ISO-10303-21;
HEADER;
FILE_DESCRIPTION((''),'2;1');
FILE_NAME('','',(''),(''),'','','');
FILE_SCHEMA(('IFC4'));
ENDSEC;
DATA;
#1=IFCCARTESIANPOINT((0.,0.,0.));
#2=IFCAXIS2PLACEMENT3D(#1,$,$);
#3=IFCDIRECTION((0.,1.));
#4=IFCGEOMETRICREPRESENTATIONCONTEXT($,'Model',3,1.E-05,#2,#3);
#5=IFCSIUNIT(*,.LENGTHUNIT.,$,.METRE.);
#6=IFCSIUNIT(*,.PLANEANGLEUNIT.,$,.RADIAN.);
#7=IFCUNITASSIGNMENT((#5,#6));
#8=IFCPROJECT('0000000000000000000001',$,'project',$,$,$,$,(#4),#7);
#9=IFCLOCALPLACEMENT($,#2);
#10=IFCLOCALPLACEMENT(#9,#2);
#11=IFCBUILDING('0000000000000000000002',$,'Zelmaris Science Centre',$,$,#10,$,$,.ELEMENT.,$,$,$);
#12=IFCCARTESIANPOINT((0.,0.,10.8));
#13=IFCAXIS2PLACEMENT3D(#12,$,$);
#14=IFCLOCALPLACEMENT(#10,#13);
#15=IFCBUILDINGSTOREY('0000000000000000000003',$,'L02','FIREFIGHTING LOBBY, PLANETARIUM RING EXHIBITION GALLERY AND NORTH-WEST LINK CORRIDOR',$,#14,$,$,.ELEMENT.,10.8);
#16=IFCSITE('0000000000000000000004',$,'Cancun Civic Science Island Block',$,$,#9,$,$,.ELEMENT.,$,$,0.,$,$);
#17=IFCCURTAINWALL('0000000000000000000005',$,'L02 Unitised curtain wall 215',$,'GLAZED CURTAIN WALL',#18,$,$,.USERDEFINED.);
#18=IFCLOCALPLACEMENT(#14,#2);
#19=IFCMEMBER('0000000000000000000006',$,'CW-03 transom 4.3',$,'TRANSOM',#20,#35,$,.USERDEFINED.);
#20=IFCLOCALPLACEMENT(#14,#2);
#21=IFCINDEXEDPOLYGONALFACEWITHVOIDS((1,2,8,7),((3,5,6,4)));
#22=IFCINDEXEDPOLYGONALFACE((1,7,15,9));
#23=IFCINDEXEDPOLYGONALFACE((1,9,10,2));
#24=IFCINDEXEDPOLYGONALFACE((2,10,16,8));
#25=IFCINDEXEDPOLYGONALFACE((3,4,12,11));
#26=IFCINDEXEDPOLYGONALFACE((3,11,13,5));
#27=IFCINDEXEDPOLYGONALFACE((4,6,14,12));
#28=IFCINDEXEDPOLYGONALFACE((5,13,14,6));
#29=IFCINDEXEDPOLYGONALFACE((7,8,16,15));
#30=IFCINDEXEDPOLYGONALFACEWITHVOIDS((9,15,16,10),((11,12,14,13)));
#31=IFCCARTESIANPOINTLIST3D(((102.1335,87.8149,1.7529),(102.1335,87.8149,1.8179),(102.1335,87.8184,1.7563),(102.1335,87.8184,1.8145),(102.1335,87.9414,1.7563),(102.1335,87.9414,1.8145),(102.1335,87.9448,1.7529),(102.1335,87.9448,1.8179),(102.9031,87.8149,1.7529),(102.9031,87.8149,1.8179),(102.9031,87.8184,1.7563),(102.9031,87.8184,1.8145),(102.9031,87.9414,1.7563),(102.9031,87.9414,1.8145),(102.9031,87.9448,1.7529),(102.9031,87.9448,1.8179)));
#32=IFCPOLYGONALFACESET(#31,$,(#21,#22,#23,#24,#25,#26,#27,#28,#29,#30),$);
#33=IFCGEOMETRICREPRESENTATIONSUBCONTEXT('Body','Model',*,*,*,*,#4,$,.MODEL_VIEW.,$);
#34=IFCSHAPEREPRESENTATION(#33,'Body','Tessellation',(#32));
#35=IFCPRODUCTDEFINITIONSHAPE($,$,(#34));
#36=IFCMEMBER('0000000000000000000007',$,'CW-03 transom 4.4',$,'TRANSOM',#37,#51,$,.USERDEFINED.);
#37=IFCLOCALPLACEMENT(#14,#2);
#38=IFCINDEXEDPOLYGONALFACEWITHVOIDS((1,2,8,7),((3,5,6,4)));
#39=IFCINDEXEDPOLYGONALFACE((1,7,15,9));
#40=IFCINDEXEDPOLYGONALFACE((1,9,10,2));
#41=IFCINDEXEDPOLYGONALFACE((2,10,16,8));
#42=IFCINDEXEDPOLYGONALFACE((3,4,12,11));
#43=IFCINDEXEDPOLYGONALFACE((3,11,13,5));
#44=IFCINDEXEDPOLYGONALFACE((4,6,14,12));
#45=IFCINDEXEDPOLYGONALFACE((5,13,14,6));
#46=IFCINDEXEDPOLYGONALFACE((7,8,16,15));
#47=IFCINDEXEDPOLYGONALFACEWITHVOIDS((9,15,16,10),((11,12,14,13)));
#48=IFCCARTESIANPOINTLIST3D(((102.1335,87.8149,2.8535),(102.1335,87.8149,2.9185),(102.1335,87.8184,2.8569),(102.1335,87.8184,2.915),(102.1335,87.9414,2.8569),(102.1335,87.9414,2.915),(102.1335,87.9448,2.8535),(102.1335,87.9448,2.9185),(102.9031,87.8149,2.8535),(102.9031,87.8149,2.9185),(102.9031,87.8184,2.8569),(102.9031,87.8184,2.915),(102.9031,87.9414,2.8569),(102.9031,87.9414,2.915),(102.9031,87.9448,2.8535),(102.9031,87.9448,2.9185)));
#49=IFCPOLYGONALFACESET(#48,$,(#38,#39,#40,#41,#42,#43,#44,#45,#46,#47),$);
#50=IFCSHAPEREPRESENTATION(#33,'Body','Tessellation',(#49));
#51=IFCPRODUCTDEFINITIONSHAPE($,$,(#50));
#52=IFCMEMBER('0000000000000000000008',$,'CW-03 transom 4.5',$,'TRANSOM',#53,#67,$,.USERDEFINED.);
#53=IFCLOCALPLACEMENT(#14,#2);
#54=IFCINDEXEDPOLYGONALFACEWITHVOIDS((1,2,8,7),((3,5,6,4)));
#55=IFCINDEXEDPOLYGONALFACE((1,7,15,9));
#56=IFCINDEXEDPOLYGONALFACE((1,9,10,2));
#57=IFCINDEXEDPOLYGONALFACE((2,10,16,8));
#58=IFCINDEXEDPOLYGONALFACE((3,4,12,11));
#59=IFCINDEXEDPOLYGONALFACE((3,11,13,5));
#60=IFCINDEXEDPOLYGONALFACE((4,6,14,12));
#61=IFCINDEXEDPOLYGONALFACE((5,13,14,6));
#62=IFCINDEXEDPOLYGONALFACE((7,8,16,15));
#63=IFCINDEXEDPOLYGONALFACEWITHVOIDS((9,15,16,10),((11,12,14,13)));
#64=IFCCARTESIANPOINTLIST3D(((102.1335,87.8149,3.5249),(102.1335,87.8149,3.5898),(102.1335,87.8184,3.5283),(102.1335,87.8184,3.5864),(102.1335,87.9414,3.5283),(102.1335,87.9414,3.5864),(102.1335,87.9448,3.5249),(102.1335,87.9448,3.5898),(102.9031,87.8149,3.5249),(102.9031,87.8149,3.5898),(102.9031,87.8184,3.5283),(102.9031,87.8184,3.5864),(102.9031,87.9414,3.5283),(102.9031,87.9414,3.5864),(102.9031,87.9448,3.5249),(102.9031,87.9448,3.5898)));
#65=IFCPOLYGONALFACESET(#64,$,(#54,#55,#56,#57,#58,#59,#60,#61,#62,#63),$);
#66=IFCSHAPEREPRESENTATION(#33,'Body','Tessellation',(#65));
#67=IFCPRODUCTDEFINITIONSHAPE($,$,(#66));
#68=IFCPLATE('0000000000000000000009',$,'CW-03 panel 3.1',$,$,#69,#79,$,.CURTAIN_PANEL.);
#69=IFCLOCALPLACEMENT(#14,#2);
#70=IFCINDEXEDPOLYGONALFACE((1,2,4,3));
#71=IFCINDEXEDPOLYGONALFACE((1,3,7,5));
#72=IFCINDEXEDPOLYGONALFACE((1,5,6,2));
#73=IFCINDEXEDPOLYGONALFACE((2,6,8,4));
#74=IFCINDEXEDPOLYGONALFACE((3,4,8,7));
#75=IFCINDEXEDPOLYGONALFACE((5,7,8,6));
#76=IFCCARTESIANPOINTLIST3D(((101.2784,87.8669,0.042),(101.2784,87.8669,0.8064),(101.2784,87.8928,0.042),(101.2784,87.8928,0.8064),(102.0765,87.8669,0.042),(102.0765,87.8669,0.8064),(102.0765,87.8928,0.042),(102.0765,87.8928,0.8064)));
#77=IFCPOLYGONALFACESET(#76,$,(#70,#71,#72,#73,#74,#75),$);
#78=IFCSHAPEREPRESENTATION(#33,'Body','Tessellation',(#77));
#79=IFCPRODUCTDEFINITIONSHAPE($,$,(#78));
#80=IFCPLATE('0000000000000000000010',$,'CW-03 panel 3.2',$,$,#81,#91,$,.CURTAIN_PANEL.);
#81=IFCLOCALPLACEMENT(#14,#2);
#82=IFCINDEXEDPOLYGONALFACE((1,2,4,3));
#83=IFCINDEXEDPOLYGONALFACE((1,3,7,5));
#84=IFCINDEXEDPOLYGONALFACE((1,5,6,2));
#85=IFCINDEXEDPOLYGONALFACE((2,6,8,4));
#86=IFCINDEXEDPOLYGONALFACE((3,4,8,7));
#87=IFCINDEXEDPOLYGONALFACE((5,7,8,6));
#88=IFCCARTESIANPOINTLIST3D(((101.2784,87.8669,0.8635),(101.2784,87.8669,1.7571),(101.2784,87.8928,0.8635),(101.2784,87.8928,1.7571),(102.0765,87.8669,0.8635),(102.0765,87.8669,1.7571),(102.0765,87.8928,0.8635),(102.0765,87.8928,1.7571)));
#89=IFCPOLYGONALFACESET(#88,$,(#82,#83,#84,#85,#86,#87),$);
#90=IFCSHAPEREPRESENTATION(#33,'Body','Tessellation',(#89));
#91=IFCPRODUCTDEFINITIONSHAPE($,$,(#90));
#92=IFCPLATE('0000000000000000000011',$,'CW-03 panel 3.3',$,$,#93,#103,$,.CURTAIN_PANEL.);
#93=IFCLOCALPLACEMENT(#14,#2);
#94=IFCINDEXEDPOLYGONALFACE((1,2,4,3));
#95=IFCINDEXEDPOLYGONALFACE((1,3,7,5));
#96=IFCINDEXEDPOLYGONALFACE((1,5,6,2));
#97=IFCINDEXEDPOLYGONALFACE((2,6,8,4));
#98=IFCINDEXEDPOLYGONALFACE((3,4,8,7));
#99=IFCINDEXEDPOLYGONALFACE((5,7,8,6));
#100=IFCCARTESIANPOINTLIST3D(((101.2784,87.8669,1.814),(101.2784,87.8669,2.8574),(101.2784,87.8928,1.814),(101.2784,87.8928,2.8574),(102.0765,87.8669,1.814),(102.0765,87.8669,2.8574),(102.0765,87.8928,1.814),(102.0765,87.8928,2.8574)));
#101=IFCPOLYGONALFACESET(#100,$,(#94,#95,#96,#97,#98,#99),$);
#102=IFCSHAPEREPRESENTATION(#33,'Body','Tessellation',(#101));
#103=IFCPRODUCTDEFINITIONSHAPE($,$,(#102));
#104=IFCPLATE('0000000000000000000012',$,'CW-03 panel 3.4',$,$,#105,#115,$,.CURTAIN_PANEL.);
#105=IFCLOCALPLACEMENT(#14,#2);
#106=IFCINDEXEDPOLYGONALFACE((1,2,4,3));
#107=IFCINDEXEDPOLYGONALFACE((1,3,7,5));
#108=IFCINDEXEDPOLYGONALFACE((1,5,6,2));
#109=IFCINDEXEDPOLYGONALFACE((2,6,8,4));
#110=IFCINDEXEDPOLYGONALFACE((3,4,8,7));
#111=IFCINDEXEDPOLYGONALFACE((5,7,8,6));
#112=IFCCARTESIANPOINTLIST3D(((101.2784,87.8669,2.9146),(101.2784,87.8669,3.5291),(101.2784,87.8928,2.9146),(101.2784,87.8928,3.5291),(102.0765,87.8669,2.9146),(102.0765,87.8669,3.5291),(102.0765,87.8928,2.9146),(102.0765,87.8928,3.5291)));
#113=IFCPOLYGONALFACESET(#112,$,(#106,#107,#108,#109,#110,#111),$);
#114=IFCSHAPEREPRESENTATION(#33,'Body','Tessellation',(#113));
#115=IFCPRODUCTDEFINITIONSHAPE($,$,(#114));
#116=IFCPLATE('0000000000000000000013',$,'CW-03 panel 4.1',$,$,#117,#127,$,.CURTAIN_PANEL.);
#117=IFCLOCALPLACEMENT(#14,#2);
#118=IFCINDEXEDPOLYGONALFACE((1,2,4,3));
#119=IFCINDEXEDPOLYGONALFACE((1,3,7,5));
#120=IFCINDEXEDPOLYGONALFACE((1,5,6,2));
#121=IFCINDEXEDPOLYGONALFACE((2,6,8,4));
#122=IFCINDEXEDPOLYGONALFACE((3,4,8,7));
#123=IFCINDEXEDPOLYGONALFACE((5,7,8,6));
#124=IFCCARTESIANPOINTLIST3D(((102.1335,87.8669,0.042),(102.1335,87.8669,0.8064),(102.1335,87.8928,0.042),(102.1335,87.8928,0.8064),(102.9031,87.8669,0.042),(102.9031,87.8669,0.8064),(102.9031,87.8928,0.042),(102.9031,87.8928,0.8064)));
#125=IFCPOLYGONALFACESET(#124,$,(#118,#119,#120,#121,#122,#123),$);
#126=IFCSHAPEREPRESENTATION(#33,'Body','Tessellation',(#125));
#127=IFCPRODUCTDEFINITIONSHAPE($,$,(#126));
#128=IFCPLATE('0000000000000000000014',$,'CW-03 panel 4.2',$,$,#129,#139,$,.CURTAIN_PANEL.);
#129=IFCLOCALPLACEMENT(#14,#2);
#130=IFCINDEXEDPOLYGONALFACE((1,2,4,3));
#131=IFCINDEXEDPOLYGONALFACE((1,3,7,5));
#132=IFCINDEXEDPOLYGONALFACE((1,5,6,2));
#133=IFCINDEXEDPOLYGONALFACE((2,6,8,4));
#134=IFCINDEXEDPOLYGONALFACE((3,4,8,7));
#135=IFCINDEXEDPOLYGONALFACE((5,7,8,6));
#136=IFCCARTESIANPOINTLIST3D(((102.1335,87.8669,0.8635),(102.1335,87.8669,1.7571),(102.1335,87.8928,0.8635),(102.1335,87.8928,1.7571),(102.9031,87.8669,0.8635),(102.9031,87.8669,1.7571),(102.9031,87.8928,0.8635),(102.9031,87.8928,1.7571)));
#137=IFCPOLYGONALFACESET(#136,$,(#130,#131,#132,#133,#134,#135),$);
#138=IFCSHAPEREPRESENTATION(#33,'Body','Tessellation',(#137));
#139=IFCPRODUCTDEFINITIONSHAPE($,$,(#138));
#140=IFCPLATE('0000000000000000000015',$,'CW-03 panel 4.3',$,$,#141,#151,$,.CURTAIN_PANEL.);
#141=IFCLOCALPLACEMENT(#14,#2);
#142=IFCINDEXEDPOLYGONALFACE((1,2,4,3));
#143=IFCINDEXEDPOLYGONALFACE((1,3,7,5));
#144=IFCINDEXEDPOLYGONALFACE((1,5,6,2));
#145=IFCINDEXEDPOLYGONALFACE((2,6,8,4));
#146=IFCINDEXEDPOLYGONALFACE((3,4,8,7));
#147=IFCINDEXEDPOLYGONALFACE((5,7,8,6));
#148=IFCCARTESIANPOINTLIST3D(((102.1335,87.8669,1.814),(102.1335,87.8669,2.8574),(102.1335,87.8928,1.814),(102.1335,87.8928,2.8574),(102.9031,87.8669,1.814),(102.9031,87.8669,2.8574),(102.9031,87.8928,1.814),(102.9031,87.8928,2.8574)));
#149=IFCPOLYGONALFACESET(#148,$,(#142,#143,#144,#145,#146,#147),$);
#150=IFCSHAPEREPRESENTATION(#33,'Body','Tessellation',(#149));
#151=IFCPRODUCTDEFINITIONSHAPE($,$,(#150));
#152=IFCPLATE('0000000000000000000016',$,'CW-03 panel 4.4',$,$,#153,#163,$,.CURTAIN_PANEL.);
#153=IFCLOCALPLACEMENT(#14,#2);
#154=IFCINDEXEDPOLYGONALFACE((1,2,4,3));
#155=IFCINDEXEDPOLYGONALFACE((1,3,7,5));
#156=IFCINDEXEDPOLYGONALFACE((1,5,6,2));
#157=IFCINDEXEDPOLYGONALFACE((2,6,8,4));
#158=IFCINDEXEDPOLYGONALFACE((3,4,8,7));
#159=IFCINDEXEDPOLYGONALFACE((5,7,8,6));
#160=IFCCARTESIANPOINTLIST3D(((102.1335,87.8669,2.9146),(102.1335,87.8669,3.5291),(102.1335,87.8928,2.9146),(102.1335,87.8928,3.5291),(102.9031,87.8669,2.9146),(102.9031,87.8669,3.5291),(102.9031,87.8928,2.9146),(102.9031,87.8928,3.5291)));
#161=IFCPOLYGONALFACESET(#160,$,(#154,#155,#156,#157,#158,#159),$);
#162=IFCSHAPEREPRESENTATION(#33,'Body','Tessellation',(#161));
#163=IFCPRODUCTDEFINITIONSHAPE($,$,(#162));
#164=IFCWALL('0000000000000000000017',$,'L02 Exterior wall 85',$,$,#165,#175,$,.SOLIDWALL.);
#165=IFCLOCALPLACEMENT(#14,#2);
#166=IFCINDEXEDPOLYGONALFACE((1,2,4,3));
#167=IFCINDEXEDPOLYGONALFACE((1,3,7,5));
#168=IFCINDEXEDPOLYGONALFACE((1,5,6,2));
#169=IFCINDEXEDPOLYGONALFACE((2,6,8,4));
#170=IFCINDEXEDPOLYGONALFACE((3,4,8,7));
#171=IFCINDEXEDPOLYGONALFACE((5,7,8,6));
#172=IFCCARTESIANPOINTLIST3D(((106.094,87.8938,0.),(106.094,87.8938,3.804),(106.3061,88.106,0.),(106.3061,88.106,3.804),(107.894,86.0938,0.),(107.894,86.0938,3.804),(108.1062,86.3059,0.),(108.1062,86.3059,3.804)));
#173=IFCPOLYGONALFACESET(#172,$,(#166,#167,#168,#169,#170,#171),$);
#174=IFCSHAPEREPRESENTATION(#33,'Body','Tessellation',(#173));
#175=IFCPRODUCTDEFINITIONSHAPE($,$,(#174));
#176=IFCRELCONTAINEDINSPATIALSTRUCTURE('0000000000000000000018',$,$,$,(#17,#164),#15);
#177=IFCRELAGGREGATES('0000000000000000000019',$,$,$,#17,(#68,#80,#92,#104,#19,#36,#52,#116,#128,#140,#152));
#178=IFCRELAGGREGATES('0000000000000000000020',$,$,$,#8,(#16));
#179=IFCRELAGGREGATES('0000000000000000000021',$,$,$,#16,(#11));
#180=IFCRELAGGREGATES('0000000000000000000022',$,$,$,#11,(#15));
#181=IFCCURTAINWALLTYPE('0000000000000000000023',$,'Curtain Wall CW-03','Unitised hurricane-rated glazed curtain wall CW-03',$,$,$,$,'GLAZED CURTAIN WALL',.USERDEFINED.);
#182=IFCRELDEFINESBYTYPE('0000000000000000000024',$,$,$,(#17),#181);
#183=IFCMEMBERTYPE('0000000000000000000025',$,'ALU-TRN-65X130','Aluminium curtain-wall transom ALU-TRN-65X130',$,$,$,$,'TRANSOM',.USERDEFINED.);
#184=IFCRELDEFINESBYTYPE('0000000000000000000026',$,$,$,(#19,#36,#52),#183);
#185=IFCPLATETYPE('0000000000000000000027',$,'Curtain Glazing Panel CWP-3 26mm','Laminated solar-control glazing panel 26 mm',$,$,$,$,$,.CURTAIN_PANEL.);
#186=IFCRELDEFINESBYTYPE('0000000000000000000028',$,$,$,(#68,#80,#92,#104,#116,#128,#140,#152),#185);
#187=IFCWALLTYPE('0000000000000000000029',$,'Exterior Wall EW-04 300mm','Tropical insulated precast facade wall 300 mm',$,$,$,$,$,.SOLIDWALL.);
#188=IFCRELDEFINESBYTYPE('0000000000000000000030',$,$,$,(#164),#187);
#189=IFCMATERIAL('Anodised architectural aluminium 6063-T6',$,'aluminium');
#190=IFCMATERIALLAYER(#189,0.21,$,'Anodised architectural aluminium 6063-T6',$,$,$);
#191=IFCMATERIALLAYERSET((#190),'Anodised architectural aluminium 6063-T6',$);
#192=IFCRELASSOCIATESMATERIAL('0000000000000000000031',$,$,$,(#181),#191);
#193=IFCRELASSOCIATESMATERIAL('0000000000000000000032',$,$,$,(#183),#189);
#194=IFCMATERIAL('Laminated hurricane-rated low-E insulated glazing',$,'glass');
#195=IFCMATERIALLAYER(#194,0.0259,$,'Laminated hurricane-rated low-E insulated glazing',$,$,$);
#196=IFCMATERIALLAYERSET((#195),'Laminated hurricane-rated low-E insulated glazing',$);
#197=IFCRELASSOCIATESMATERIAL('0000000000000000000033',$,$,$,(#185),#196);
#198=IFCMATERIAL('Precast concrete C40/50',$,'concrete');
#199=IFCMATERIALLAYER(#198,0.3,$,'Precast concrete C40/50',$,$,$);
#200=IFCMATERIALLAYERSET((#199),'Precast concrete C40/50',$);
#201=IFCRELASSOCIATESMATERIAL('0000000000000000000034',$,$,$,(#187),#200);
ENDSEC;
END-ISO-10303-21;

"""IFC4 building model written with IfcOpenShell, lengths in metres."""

from ifc_helpers import new_model, si_unit, direction, frame, frame_2d, origin, origin_2d, place, context, subcontext, project, spatial, rectangle, hollow_rectangle, extrude, material, layer, layer_set, material_profile, profile_set, type_object, element, aggregate, save


model = new_model("IFC4")

# Units and contexts
model_context = context("Model", 3, precision=1e-05, world=origin(), true_north=direction((0.0, 1.0)))
body_context = subcontext(model_context, "Body", "Model", "MODEL_VIEW")
ifc_project = project(units=[si_unit("LENGTHUNIT", "METRE"), si_unit("PLANEANGLEUNIT", "RADIAN")], contexts=[model_context])

# Site, building, storey
site_placement = place(None, origin())
site = spatial("IfcSite", under=ifc_project, at=site_placement, Name="Cancun Civic Science Island Block", CompositionType="ELEMENT", RefElevation=0.0)
building_placement = place(site_placement, origin())
building = spatial("IfcBuilding", under=site, at=building_placement, Name="Zelmaris Science Centre", CompositionType="ELEMENT")
storey_placement = place(building_placement, frame((0.0, 0.0, 10.8)))
storey = spatial("IfcBuildingStorey", under=building, at=storey_placement, Name="L02", Description="FIREFIGHTING LOBBY, PLANETARIUM RING EXHIBITION GALLERY AND NORTH-WEST LINK CORRIDOR", CompositionType="ELEMENT", Elevation=10.8)

# Curtain wall, members, plates
ifc_material_1 = material(Name="Anodised architectural aluminium 6063-T6", Category="aluminium")
ifc_layer_1 = layer(ifc_material_1, 0.21, Name="Anodised architectural aluminium 6063-T6")
ifc_layer_set_1 = layer_set([ifc_layer_1], Name="Anodised architectural aluminium 6063-T6")
curtain_wall_type = type_object("IfcCurtainWallType", Name="Curtain Wall CW-03", Description="Unitised hurricane-rated glazed curtain wall CW-03", ElementType="GLAZED CURTAIN WALL", PredefinedType="USERDEFINED", material=ifc_layer_set_1)
curtain_wall_placement = place(storey_placement, origin())
curtain_wall = element("IfcCurtainWall", 1, at=curtain_wall_placement, inside=storey, type_object=curtain_wall_type, Name="L02 Unitised curtain wall 215", ObjectType="GLAZED CURTAIN WALL", PredefinedType="USERDEFINED")
ifc_material_profile_1 = material_profile(ifc_material_1, hollow_rectangle(XDim=0.0649, YDim=0.1299, WallThickness=0.0034, at=origin_2d()), Name="ALU-TRN-65X130")
ifc_profile_set_1 = profile_set([ifc_material_profile_1], Name="Anodised architectural aluminium 6063-T6")
member_type_1 = type_object("IfcMemberType", Name="ALU-TRN-65X130", Description="Aluminium curtain-wall transom ALU-TRN-65X130", ElementType="TRANSOM", PredefinedType="USERDEFINED", material=ifc_profile_set_1)
member_1_placement = place(storey_placement, frame((102.1335, 87.8799, 1.7854), z_axis=(1.0, 0.0, 0.0), x_axis=(0.0, 0.0, 1.0)))
member_1 = element("IfcMember", 2, at=member_1_placement, type_object=member_type_1, Name="CW-03 transom 4.3", ObjectType="TRANSOM", PredefinedType="USERDEFINED", context=body_context, shape_type="SweptSolid", body=[
    extrude(hollow_rectangle(XDim=0.0649, YDim=0.1299, WallThickness=0.0034, at=origin_2d()), origin(), (0.0, 0.0, 1.0), 0.7695),
])
member_2_placement = place(storey_placement, frame((102.1335, 87.8799, 2.886), z_axis=(1.0, 0.0, 0.0), x_axis=(0.0, 0.0, 1.0)))
member_2 = element("IfcMember", 3, at=member_2_placement, type_object=member_type_1, Name="CW-03 transom 4.4", ObjectType="TRANSOM", PredefinedType="USERDEFINED", context=body_context, shape_type="SweptSolid", body=[
    extrude(hollow_rectangle(XDim=0.0649, YDim=0.1299, WallThickness=0.0034, at=origin_2d()), origin(), (0.0, 0.0, 1.0), 0.7695),
])
member_3_placement = place(storey_placement, frame((102.1335, 87.8799, 3.5574), z_axis=(1.0, 0.0, 0.0), x_axis=(0.0, 0.0, 1.0)))
member_3 = element("IfcMember", 4, at=member_3_placement, type_object=member_type_1, Name="CW-03 transom 4.5", ObjectType="TRANSOM", PredefinedType="USERDEFINED", context=body_context, shape_type="SweptSolid", body=[
    extrude(hollow_rectangle(XDim=0.0649, YDim=0.1299, WallThickness=0.0034, at=origin_2d()), origin(), (0.0, 0.0, 1.0), 0.7695),
])
ifc_material_2 = material(Name="Laminated hurricane-rated low-E insulated glazing", Category="glass")
ifc_layer_2 = layer(ifc_material_2, 0.0259, Name="Laminated hurricane-rated low-E insulated glazing")
ifc_layer_set_2 = layer_set([ifc_layer_2], Name="Laminated hurricane-rated low-E insulated glazing")
plate_type = type_object("IfcPlateType", Name="Curtain Glazing Panel CWP-3 26mm", Description="Laminated solar-control glazing panel 26 mm", PredefinedType="CURTAIN_PANEL", material=ifc_layer_set_2)
plate_1_placement = place(storey_placement, frame((101.6775, 87.8799, 0.042), z_axis=(0.0, 0.0, 1.0), x_axis=(1.0, 0.0, 0.0)))
plate_1 = element("IfcPlate", 5, at=plate_1_placement, type_object=plate_type, Name="CW-03 panel 3.1", PredefinedType="CURTAIN_PANEL", context=body_context, shape_type="SweptSolid", body=[
    extrude(rectangle(XDim=0.7981, YDim=0.0259, at=origin_2d()), origin(), (0.0, 0.0, 1.0), 0.7644),
])
plate_2_placement = place(storey_placement, frame((101.6775, 87.8799, 0.8635), z_axis=(0.0, 0.0, 1.0), x_axis=(1.0, 0.0, 0.0)))
plate_2 = element("IfcPlate", 6, at=plate_2_placement, type_object=plate_type, Name="CW-03 panel 3.2", PredefinedType="CURTAIN_PANEL", context=body_context, shape_type="SweptSolid", body=[
    extrude(rectangle(XDim=0.7981, YDim=0.0259, at=origin_2d()), origin(), (0.0, 0.0, 1.0), 0.8936),
])
plate_3_placement = place(storey_placement, frame((101.6775, 87.8799, 1.814), z_axis=(0.0, 0.0, 1.0), x_axis=(1.0, 0.0, 0.0)))
plate_3 = element("IfcPlate", 7, at=plate_3_placement, type_object=plate_type, Name="CW-03 panel 3.3", PredefinedType="CURTAIN_PANEL", context=body_context, shape_type="SweptSolid", body=[
    extrude(rectangle(XDim=0.7981, YDim=0.0259, at=origin_2d()), origin(), (0.0, 0.0, 1.0), 1.0435),
])
plate_4_placement = place(storey_placement, frame((101.6775, 87.8799, 2.9146), z_axis=(0.0, 0.0, 1.0), x_axis=(1.0, 0.0, 0.0)))
plate_4 = element("IfcPlate", 8, at=plate_4_placement, type_object=plate_type, Name="CW-03 panel 3.4", PredefinedType="CURTAIN_PANEL", context=body_context, shape_type="SweptSolid", body=[
    extrude(rectangle(XDim=0.7981, YDim=0.0259, at=origin_2d()), origin(), (0.0, 0.0, 1.0), 0.6145),
])
plate_5_placement = place(storey_placement, frame((102.5183, 87.8799, 0.042), z_axis=(0.0, 0.0, 1.0), x_axis=(1.0, 0.0, 0.0)))
plate_5 = element("IfcPlate", 9, at=plate_5_placement, type_object=plate_type, Name="CW-03 panel 4.1", PredefinedType="CURTAIN_PANEL", context=body_context, shape_type="SweptSolid", body=[
    extrude(rectangle(XDim=0.7695, YDim=0.0259, at=origin_2d()), origin(), (0.0, 0.0, 1.0), 0.7644),
])
plate_6_placement = place(storey_placement, frame((102.5183, 87.8799, 0.8635), z_axis=(0.0, 0.0, 1.0), x_axis=(1.0, 0.0, 0.0)))
plate_6 = element("IfcPlate", 10, at=plate_6_placement, type_object=plate_type, Name="CW-03 panel 4.2", PredefinedType="CURTAIN_PANEL", context=body_context, shape_type="SweptSolid", body=[
    extrude(rectangle(XDim=0.7695, YDim=0.0259, at=origin_2d()), origin(), (0.0, 0.0, 1.0), 0.8936),
])
plate_7_placement = place(storey_placement, frame((102.5183, 87.8799, 1.814), z_axis=(0.0, 0.0, 1.0), x_axis=(1.0, 0.0, 0.0)))
plate_7 = element("IfcPlate", 11, at=plate_7_placement, type_object=plate_type, Name="CW-03 panel 4.3", PredefinedType="CURTAIN_PANEL", context=body_context, shape_type="SweptSolid", body=[
    extrude(rectangle(XDim=0.7695, YDim=0.0259, at=origin_2d()), origin(), (0.0, 0.0, 1.0), 1.0435),
])
plate_8_placement = place(storey_placement, frame((102.5183, 87.8799, 2.9146), z_axis=(0.0, 0.0, 1.0), x_axis=(1.0, 0.0, 0.0)))
plate_8 = element("IfcPlate", 12, at=plate_8_placement, type_object=plate_type, Name="CW-03 panel 4.4", PredefinedType="CURTAIN_PANEL", context=body_context, shape_type="SweptSolid", body=[
    extrude(rectangle(XDim=0.7695, YDim=0.0259, at=origin_2d()), origin(), (0.0, 0.0, 1.0), 0.6145),
])
aggregate(curtain_wall, [plate_1, plate_2, plate_3, plate_4, member_1, member_2, member_3, plate_5, plate_6, plate_7, plate_8])

# Wall
ifc_material_3 = material(Name="Precast concrete C40/50", Category="concrete")
ifc_layer_3 = layer(ifc_material_3, 0.3, Name="Precast concrete C40/50")
ifc_layer_set_3 = layer_set([ifc_layer_3], Name="Precast concrete C40/50")
wall_type = type_object("IfcWallType", Name="Exterior Wall EW-04 300mm", Description="Tropical insulated precast facade wall 300 mm", PredefinedType="SOLIDWALL", material=ifc_layer_set_3)
wall_placement = place(storey_placement, frame((106.2, 88.0, 0.0), z_axis=(0.0, 0.0, 1.0), x_axis=(0.707107, -0.707107, 0.0)))
element("IfcWall", 13, at=wall_placement, inside=storey, type_object=wall_type, Name="L02 Exterior wall 85", PredefinedType="SOLIDWALL", context=body_context, shape_type="SweptSolid", body=[
    extrude(rectangle(XDim=2.5457, YDim=0.3, at=frame_2d((1.2729, 0.0))), origin(), (0.0, 0.0, 1.0), 3.804),
])

save(model, "model.ifc")
